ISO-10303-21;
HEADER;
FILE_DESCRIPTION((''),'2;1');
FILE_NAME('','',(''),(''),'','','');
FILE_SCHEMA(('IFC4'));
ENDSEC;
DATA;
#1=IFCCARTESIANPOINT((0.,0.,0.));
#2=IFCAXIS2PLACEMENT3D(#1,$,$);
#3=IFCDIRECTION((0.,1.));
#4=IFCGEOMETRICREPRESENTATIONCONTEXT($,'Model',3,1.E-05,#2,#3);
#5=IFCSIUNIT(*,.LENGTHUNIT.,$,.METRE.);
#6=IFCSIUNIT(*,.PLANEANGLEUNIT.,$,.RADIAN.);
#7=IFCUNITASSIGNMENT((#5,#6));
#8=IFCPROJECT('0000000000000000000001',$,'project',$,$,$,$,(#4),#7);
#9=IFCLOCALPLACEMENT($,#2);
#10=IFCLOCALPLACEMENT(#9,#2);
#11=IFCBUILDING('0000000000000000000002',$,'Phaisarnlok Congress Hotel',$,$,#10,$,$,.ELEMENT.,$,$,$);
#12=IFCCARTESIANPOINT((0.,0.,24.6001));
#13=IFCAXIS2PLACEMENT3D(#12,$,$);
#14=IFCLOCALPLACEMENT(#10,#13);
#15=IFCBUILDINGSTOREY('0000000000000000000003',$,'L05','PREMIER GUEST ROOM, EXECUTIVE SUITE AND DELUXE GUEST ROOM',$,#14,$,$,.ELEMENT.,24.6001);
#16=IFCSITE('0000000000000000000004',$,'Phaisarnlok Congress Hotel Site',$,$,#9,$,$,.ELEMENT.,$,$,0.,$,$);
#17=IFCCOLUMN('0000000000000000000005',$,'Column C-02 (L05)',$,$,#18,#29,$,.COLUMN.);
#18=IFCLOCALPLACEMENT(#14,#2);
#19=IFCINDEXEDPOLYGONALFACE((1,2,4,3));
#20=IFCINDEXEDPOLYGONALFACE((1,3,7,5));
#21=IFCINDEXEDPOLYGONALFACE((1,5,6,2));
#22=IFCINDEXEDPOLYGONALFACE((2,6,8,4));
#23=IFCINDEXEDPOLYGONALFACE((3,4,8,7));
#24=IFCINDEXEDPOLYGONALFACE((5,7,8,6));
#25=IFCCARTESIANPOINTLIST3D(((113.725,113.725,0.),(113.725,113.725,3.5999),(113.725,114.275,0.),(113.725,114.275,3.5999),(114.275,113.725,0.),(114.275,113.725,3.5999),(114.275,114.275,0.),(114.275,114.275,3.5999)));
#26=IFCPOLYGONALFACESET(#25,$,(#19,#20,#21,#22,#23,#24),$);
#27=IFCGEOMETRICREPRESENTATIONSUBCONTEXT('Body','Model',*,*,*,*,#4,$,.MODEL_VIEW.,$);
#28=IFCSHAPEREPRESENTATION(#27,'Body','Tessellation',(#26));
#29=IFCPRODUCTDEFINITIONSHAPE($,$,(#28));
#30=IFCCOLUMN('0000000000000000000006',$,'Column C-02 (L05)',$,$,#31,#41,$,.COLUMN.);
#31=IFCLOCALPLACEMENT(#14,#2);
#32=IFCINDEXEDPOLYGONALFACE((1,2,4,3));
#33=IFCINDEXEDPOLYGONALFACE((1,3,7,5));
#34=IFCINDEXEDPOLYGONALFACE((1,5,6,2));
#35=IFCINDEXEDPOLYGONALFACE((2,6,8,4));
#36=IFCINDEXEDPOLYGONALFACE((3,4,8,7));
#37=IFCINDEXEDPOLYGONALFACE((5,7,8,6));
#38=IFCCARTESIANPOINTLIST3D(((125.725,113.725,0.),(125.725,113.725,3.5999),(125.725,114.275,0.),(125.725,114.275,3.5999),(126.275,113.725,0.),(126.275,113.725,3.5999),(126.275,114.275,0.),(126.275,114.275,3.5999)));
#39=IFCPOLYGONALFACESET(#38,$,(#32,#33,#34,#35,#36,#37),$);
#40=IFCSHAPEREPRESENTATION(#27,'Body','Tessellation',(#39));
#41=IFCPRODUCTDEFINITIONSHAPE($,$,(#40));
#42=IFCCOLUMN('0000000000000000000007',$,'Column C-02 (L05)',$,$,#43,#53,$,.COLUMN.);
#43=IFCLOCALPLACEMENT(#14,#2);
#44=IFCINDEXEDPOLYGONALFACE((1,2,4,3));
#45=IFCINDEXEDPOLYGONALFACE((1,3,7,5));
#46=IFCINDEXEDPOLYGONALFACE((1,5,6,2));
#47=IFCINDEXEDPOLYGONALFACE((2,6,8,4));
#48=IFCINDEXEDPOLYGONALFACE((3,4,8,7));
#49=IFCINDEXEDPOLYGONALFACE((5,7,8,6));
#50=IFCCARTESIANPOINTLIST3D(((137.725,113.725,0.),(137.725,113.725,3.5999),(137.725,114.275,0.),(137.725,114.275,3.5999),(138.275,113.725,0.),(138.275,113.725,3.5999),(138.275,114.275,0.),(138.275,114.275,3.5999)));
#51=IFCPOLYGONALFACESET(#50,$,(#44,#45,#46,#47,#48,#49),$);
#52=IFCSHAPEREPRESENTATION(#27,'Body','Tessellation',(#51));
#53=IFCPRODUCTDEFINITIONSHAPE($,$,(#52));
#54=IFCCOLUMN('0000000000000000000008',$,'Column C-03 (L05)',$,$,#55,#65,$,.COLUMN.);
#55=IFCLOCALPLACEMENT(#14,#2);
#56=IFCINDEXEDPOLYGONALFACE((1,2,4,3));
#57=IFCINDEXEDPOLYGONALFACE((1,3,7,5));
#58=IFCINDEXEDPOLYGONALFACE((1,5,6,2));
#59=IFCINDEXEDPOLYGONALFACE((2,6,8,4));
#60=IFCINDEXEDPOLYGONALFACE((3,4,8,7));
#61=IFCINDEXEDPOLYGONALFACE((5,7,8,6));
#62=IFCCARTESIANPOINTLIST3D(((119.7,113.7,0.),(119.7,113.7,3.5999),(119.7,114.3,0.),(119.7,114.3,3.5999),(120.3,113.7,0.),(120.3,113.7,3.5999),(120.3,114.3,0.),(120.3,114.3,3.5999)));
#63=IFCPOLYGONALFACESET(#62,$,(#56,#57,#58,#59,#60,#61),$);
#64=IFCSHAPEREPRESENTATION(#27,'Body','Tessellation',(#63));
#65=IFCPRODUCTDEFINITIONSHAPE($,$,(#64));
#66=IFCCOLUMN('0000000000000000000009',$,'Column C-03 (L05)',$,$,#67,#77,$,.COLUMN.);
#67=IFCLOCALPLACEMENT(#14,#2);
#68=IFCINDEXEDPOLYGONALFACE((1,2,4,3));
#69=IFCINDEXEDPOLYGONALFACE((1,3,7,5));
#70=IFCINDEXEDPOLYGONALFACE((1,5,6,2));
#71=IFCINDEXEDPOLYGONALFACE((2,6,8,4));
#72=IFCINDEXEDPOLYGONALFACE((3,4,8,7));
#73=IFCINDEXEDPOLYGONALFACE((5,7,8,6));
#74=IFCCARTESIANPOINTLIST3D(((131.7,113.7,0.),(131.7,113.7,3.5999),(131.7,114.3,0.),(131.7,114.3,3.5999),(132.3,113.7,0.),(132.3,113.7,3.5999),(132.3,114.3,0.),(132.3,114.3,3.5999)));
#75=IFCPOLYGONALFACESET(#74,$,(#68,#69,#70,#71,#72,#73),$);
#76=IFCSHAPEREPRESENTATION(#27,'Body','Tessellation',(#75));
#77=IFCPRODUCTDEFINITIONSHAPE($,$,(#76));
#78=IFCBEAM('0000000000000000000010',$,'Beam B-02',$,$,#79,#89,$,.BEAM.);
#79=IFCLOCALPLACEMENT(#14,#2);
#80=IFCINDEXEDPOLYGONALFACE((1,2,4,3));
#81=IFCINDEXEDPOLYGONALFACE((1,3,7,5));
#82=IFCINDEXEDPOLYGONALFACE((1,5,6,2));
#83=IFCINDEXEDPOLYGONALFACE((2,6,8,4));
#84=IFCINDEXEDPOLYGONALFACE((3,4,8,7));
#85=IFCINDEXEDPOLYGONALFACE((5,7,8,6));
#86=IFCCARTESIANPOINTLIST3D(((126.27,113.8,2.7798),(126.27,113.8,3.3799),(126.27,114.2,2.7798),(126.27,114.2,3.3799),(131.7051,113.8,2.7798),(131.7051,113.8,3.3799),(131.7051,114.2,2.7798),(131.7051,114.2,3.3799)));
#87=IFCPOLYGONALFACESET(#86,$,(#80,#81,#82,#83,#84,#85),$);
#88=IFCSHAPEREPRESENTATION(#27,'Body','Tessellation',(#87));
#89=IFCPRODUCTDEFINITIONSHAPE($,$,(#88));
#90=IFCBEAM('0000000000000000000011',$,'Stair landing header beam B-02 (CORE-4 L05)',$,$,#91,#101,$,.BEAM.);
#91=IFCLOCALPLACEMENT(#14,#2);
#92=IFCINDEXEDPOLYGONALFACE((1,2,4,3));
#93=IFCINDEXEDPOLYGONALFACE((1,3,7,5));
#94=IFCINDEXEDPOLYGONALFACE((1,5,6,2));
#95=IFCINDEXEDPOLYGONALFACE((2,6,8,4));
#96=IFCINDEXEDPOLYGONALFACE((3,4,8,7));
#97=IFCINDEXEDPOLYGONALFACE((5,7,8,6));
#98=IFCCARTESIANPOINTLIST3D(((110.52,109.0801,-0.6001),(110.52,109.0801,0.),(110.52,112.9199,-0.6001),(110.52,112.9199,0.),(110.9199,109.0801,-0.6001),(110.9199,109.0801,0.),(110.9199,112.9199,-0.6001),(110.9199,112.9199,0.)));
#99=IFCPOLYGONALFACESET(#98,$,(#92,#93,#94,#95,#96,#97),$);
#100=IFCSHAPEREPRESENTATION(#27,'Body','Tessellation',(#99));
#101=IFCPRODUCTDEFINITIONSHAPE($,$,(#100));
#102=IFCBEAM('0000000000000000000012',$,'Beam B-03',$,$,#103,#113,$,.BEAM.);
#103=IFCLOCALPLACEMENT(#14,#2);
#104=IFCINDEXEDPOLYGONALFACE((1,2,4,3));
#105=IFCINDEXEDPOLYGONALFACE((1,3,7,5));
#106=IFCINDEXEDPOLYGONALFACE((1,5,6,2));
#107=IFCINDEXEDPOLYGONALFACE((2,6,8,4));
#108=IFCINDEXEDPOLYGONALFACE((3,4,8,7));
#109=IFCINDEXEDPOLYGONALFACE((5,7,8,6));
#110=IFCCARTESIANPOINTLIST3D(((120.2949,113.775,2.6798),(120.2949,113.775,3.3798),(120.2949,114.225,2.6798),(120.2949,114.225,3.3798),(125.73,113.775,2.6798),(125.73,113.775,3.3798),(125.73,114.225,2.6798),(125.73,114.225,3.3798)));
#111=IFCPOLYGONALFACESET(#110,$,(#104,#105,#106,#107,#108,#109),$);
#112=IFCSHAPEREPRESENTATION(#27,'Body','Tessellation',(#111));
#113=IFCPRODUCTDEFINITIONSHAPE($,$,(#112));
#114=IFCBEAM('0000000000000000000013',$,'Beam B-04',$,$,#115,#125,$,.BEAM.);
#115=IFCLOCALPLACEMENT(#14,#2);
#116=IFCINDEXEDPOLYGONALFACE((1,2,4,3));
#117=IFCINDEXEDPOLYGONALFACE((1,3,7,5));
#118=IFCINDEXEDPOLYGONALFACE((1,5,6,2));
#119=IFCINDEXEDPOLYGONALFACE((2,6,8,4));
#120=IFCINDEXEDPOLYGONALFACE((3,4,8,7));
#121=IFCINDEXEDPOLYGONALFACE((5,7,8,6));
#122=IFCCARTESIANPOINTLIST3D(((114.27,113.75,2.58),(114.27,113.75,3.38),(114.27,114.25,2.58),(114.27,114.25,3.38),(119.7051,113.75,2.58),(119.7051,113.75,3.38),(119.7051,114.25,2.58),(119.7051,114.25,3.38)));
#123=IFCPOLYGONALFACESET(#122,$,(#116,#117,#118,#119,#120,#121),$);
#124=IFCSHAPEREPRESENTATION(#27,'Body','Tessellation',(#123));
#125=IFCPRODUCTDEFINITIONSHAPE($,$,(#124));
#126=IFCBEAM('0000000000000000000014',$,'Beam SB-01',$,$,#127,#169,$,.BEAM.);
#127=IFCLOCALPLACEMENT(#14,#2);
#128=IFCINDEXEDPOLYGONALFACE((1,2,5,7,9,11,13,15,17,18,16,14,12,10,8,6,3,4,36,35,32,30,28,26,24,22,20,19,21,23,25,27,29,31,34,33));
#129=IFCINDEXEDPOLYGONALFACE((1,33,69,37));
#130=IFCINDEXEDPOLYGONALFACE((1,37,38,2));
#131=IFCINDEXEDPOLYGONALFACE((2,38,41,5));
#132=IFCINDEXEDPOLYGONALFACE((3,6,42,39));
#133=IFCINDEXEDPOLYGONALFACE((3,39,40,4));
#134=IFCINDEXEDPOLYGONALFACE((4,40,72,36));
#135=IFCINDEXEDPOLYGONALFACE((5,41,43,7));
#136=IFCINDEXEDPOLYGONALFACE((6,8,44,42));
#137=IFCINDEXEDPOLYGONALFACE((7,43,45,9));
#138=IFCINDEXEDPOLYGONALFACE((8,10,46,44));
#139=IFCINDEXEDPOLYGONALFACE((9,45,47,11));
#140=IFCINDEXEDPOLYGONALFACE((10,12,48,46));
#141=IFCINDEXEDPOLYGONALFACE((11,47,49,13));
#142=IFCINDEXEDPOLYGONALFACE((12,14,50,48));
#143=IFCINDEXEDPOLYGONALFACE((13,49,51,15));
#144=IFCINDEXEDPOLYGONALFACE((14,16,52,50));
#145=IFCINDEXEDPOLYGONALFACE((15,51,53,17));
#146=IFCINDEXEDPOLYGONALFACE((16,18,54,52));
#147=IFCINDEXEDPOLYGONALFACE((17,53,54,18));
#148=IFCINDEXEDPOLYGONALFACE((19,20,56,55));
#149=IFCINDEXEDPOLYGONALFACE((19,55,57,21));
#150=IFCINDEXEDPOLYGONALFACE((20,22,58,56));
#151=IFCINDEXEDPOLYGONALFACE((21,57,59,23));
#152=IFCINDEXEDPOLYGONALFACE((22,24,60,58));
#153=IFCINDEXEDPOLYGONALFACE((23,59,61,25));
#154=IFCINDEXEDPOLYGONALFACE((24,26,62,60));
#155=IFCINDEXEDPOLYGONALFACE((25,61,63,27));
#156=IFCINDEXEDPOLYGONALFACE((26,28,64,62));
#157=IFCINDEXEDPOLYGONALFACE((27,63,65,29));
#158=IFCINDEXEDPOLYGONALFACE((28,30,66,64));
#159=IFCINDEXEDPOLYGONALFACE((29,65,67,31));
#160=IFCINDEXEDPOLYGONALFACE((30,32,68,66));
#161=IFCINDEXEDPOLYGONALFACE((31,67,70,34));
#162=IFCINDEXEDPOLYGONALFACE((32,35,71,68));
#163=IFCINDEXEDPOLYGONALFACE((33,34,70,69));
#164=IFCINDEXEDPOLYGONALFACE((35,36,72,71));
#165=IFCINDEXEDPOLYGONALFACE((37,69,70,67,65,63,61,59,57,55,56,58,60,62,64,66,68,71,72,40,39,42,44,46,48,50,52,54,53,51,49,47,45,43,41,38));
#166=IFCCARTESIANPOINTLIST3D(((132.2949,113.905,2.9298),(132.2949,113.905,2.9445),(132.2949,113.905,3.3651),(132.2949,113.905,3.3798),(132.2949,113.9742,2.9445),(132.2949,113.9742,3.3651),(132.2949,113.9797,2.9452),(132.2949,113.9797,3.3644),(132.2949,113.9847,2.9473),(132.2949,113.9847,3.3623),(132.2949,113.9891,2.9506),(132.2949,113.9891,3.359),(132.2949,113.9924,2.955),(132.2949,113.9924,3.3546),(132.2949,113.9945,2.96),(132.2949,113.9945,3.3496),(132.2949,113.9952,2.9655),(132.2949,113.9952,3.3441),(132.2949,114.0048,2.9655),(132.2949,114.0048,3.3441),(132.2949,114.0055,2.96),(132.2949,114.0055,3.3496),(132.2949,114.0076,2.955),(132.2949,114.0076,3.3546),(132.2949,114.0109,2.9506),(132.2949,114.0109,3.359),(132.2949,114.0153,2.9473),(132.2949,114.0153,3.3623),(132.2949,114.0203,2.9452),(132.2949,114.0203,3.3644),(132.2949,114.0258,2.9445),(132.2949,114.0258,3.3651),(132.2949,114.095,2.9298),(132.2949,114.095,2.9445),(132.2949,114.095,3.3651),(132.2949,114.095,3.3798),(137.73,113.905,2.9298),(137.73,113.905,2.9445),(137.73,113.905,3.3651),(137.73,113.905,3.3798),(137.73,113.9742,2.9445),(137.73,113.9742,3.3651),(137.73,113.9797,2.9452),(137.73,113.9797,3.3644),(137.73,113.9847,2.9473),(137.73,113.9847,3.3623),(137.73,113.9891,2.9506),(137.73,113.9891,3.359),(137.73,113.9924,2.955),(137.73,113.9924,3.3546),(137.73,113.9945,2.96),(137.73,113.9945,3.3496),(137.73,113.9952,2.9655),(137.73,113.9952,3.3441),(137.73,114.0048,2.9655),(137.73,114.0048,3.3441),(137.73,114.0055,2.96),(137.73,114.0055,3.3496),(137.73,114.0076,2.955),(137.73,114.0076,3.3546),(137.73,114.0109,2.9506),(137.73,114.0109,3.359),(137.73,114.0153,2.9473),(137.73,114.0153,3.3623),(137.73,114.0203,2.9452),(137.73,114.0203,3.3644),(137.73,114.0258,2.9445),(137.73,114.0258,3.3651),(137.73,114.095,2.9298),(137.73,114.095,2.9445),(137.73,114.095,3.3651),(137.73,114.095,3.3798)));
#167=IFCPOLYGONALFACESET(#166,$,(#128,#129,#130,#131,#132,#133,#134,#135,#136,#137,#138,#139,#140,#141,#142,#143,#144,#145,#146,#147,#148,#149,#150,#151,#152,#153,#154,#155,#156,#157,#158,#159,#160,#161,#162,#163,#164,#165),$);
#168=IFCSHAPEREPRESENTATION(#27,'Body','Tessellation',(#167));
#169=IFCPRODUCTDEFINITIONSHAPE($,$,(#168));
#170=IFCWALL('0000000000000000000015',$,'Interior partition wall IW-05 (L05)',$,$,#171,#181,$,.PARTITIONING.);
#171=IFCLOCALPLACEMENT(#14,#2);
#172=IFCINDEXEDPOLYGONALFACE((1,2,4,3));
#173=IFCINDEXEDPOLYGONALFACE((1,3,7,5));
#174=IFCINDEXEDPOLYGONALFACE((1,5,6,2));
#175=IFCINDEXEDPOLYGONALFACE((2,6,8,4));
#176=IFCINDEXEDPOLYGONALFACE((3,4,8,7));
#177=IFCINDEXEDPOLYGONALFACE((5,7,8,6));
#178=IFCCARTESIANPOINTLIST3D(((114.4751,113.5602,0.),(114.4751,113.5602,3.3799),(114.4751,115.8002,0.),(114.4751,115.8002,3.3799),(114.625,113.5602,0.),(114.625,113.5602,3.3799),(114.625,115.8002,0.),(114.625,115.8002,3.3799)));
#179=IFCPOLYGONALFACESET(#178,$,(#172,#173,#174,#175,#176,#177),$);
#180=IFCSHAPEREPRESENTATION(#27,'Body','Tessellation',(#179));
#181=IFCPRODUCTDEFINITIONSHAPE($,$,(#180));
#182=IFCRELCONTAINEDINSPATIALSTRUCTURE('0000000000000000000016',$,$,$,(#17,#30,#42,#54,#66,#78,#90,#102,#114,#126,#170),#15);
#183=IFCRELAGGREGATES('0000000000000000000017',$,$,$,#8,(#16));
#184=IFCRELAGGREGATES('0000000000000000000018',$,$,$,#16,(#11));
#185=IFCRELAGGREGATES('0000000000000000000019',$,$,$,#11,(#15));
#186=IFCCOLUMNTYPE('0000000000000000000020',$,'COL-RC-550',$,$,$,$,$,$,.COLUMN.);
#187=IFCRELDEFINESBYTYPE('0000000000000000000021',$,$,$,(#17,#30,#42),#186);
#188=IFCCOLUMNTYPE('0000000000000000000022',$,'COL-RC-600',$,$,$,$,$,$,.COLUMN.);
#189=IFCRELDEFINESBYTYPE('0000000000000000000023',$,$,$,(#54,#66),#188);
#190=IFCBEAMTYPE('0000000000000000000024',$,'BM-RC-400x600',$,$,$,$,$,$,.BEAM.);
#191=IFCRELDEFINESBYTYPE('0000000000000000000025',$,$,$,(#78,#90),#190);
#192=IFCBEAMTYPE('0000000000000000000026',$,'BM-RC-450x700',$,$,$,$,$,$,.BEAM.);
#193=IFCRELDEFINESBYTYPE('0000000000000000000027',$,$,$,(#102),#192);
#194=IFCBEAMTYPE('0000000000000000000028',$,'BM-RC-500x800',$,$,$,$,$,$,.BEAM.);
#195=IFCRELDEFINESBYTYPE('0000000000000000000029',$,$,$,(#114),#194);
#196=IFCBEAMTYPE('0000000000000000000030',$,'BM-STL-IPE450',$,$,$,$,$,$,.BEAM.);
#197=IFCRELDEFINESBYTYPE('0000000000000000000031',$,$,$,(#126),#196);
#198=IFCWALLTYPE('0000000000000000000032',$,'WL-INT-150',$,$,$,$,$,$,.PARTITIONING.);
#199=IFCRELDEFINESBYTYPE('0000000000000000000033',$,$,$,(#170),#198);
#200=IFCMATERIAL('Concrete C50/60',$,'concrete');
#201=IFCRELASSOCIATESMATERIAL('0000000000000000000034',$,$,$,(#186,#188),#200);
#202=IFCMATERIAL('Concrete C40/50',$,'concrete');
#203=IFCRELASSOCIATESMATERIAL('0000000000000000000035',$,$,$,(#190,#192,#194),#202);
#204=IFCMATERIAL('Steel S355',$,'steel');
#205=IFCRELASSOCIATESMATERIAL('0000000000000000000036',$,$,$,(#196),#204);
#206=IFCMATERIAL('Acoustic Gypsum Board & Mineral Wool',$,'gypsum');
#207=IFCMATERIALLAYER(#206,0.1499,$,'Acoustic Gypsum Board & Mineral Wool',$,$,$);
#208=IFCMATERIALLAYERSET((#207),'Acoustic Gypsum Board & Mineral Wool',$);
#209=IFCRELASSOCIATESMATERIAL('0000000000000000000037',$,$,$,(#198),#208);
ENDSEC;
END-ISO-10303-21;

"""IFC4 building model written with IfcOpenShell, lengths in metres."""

from ifc_helpers import new_model, si_unit, direction, frame, frame_2d, origin, origin_2d, place, context, subcontext, project, spatial, rectangle, i_section, extrude, material, layer, layer_set, material_profile, profile_set, type_object, element, save


model = new_model("IFC4")

# Units and contexts
model_context = context("Model", 3, precision=1e-05, world=origin(), true_north=direction((0.0, 1.0)))
body_context = subcontext(model_context, "Body", "Model", "MODEL_VIEW")
ifc_project = project(units=[si_unit("LENGTHUNIT", "METRE"), si_unit("PLANEANGLEUNIT", "RADIAN")], contexts=[model_context])

# Site, building, storey
site_placement = place(None, origin())
site = spatial("IfcSite", under=ifc_project, at=site_placement, Name="Phaisarnlok Congress Hotel Site", CompositionType="ELEMENT", RefElevation=0.0)
building_placement = place(site_placement, origin())
building = spatial("IfcBuilding", under=site, at=building_placement, Name="Phaisarnlok Congress Hotel", CompositionType="ELEMENT")
storey_placement = place(building_placement, frame((0.0, 0.0, 24.6001)))
storey = spatial("IfcBuildingStorey", under=building, at=storey_placement, Name="L05", Description="PREMIER GUEST ROOM, EXECUTIVE SUITE AND DELUXE GUEST ROOM", CompositionType="ELEMENT", Elevation=24.6001)

# Columns
ifc_material_1 = material(Name="Concrete C50/60", Category="concrete")
ifc_material_profile_1 = material_profile(ifc_material_1, rectangle(XDim=0.55, YDim=0.55, at=origin_2d()), Name="RC 550x550")
ifc_profile_set_1 = profile_set([ifc_material_profile_1], Name="Concrete C50/60")
column_type_1 = type_object("IfcColumnType", Name="COL-RC-550", PredefinedType="COLUMN", material=ifc_profile_set_1)
for number, where, z_axis, x_axis, name in (
    (1, (114.0, 114.0, 0.0), (0.0, 0.0, 1.0), (1.0, 0.0, 0.0), "Column C-02 (L05)"),
    (2, (126.0, 114.0, 0.0), (0.0, 0.0, 1.0), (1.0, 0.0, 0.0), "Column C-02 (L05)"),
    (3, (138.0, 114.0, 0.0), (0.0, 0.0, 1.0), (1.0, 0.0, 0.0), "Column C-02 (L05)"),
):
    element("IfcColumn", number, at=place(storey_placement, frame(where, z_axis=z_axis, x_axis=x_axis)), inside=storey, type_object=column_type_1, Name=name, PredefinedType="COLUMN", context=body_context, shape_type="SweptSolid", body=[
        extrude(rectangle(XDim=0.55, YDim=0.55, at=origin_2d()), origin(), (0.0, 0.0, 1.0), 3.5999),
    ])
ifc_material_profile_2 = material_profile(ifc_material_1, rectangle(XDim=0.6001, YDim=0.6001, at=origin_2d()), Name="RC 600x600")
ifc_profile_set_2 = profile_set([ifc_material_profile_2], Name="Concrete C50/60")
column_type_2 = type_object("IfcColumnType", Name="COL-RC-600", PredefinedType="COLUMN", material=ifc_profile_set_2)
for number, where, z_axis, x_axis, name in (
    (4, (120.0, 114.0, 0.0), (0.0, 0.0, 1.0), (1.0, 0.0, 0.0), "Column C-03 (L05)"),
    (5, (132.0, 114.0, 0.0), (0.0, 0.0, 1.0), (1.0, 0.0, 0.0), "Column C-03 (L05)"),
):
    element("IfcColumn", number, at=place(storey_placement, frame(where, z_axis=z_axis, x_axis=x_axis)), inside=storey, type_object=column_type_2, Name=name, PredefinedType="COLUMN", context=body_context, shape_type="SweptSolid", body=[
        extrude(rectangle(XDim=0.6001, YDim=0.6001, at=origin_2d()), origin(), (0.0, 0.0, 1.0), 3.5999),
    ])

# Beams
ifc_material_2 = material(Name="Concrete C40/50", Category="concrete")
ifc_material_profile_3 = material_profile(ifc_material_2, rectangle(XDim=0.3999, YDim=0.6001, at=origin_2d()), Name="RC 400x600")
ifc_profile_set_3 = profile_set([ifc_material_profile_3], Name="Concrete C40/50")
beam_type_1 = type_object("IfcBeamType", Name="BM-RC-400x600", PredefinedType="BEAM", material=ifc_profile_set_3)
beam_1_placement = place(storey_placement, frame((126.27, 114.0, 3.0798), z_axis=(1.0, 0.0, 0.0), x_axis=(0.0, 1.0, 0.0)))
element("IfcBeam", 6, at=beam_1_placement, inside=storey, type_object=beam_type_1, Name="Beam B-02", PredefinedType="BEAM", context=body_context, shape_type="SweptSolid", body=[
    extrude(rectangle(XDim=0.3999, YDim=0.6001, at=origin_2d()), origin(), (0.0, 0.0, 1.0), 5.4351),
])
beam_2_placement = place(storey_placement, frame((110.72, 109.0801, -0.3), z_axis=(0.0, 1.0, 0.0), x_axis=(-1.0, 0.0, 0.0)))
element("IfcBeam", 7, at=beam_2_placement, inside=storey, type_object=beam_type_1, Name="Stair landing header beam B-02 (CORE-4 L05)", PredefinedType="BEAM", context=body_context, shape_type="SweptSolid", body=[
    extrude(rectangle(XDim=0.3999, YDim=0.6001, at=origin_2d()), origin(), (0.0, 0.0, 1.0), 3.8398),
])
ifc_material_profile_4 = material_profile(ifc_material_2, rectangle(XDim=0.45, YDim=0.7, at=origin_2d()), Name="RC 450x700")
ifc_profile_set_4 = profile_set([ifc_material_profile_4], Name="Concrete C40/50")
beam_type_2 = type_object("IfcBeamType", Name="BM-RC-450x700", PredefinedType="BEAM", material=ifc_profile_set_4)
beam_3_placement = place(storey_placement, frame((120.2949, 114.0, 3.0298), z_axis=(1.0, 0.0, 0.0), x_axis=(0.0, 1.0, 0.0)))
element("IfcBeam", 8, at=beam_3_placement, inside=storey, type_object=beam_type_2, Name="Beam B-03", PredefinedType="BEAM", context=body_context, shape_type="SweptSolid", body=[
    extrude(rectangle(XDim=0.45, YDim=0.7, at=origin_2d()), origin(), (0.0, 0.0, 1.0), 5.4351),
])
ifc_material_profile_5 = material_profile(ifc_material_2, rectangle(XDim=0.5, YDim=0.8, at=origin_2d()), Name="RC 500x800")
ifc_profile_set_5 = profile_set([ifc_material_profile_5], Name="Concrete C40/50")
beam_type_3 = type_object("IfcBeamType", Name="BM-RC-500x800", PredefinedType="BEAM", material=ifc_profile_set_5)
beam_4_placement = place(storey_placement, frame((114.27, 114.0, 2.98), z_axis=(1.0, 0.0, 0.0), x_axis=(0.0, 1.0, 0.0)))
element("IfcBeam", 9, at=beam_4_placement, inside=storey, type_object=beam_type_3, Name="Beam B-04", PredefinedType="BEAM", context=body_context, shape_type="SweptSolid", body=[
    extrude(rectangle(XDim=0.5, YDim=0.8, at=origin_2d()), origin(), (0.0, 0.0, 1.0), 5.4351),
])
ifc_material_3 = material(Name="Steel S355", Category="steel")
ifc_material_profile_6 = material_profile(ifc_material_3, i_section(OverallWidth=0.1899, OverallDepth=0.45, WebThickness=0.0095, FlangeThickness=0.0146, FilletRadius=0.021, at=origin_2d()), Name="IPE 450")
ifc_profile_set_6 = profile_set([ifc_material_profile_6], Name="Steel S355")
beam_type_4 = type_object("IfcBeamType", Name="BM-STL-IPE450", PredefinedType="BEAM", material=ifc_profile_set_6)
beam_5_placement = place(storey_placement, frame((132.2949, 114.0, 3.1548), z_axis=(1.0, 0.0, 0.0), x_axis=(0.0, 1.0, 0.0)))
element("IfcBeam", 10, at=beam_5_placement, inside=storey, type_object=beam_type_4, Name="Beam SB-01", PredefinedType="BEAM", context=body_context, shape_type="SweptSolid", body=[
    extrude(i_section(OverallWidth=0.1899, OverallDepth=0.45, WebThickness=0.0095, FlangeThickness=0.0146, FilletRadius=0.021, at=origin_2d()), origin(), (0.0, 0.0, 1.0), 5.4351),
])

# Wall
ifc_material_4 = material(Name="Acoustic Gypsum Board & Mineral Wool", Category="gypsum")
ifc_layer_1 = layer(ifc_material_4, 0.1499, Name="Acoustic Gypsum Board & Mineral Wool")
ifc_layer_set_1 = layer_set([ifc_layer_1], Name="Acoustic Gypsum Board & Mineral Wool")
wall_type_1 = type_object("IfcWallType", Name="WL-INT-150", PredefinedType="PARTITIONING", material=ifc_layer_set_1)
wall_1_placement = place(storey_placement, frame((114.55, 113.5601, 0.0), z_axis=(0.0, 0.0, 1.0), x_axis=(0.0, 1.0, 0.0)))
element("IfcWall", 11, at=wall_1_placement, inside=storey, type_object=wall_type_1, Name="Interior partition wall IW-05 (L05)", PredefinedType="PARTITIONING", context=body_context, shape_type="SweptSolid", body=[
    extrude(rectangle(XDim=2.24, YDim=0.1499, at=frame_2d((1.1201, 0.0))), origin(), (0.0, 0.0, 1.0), 3.3799),
])

save(model, "model.ifc")
